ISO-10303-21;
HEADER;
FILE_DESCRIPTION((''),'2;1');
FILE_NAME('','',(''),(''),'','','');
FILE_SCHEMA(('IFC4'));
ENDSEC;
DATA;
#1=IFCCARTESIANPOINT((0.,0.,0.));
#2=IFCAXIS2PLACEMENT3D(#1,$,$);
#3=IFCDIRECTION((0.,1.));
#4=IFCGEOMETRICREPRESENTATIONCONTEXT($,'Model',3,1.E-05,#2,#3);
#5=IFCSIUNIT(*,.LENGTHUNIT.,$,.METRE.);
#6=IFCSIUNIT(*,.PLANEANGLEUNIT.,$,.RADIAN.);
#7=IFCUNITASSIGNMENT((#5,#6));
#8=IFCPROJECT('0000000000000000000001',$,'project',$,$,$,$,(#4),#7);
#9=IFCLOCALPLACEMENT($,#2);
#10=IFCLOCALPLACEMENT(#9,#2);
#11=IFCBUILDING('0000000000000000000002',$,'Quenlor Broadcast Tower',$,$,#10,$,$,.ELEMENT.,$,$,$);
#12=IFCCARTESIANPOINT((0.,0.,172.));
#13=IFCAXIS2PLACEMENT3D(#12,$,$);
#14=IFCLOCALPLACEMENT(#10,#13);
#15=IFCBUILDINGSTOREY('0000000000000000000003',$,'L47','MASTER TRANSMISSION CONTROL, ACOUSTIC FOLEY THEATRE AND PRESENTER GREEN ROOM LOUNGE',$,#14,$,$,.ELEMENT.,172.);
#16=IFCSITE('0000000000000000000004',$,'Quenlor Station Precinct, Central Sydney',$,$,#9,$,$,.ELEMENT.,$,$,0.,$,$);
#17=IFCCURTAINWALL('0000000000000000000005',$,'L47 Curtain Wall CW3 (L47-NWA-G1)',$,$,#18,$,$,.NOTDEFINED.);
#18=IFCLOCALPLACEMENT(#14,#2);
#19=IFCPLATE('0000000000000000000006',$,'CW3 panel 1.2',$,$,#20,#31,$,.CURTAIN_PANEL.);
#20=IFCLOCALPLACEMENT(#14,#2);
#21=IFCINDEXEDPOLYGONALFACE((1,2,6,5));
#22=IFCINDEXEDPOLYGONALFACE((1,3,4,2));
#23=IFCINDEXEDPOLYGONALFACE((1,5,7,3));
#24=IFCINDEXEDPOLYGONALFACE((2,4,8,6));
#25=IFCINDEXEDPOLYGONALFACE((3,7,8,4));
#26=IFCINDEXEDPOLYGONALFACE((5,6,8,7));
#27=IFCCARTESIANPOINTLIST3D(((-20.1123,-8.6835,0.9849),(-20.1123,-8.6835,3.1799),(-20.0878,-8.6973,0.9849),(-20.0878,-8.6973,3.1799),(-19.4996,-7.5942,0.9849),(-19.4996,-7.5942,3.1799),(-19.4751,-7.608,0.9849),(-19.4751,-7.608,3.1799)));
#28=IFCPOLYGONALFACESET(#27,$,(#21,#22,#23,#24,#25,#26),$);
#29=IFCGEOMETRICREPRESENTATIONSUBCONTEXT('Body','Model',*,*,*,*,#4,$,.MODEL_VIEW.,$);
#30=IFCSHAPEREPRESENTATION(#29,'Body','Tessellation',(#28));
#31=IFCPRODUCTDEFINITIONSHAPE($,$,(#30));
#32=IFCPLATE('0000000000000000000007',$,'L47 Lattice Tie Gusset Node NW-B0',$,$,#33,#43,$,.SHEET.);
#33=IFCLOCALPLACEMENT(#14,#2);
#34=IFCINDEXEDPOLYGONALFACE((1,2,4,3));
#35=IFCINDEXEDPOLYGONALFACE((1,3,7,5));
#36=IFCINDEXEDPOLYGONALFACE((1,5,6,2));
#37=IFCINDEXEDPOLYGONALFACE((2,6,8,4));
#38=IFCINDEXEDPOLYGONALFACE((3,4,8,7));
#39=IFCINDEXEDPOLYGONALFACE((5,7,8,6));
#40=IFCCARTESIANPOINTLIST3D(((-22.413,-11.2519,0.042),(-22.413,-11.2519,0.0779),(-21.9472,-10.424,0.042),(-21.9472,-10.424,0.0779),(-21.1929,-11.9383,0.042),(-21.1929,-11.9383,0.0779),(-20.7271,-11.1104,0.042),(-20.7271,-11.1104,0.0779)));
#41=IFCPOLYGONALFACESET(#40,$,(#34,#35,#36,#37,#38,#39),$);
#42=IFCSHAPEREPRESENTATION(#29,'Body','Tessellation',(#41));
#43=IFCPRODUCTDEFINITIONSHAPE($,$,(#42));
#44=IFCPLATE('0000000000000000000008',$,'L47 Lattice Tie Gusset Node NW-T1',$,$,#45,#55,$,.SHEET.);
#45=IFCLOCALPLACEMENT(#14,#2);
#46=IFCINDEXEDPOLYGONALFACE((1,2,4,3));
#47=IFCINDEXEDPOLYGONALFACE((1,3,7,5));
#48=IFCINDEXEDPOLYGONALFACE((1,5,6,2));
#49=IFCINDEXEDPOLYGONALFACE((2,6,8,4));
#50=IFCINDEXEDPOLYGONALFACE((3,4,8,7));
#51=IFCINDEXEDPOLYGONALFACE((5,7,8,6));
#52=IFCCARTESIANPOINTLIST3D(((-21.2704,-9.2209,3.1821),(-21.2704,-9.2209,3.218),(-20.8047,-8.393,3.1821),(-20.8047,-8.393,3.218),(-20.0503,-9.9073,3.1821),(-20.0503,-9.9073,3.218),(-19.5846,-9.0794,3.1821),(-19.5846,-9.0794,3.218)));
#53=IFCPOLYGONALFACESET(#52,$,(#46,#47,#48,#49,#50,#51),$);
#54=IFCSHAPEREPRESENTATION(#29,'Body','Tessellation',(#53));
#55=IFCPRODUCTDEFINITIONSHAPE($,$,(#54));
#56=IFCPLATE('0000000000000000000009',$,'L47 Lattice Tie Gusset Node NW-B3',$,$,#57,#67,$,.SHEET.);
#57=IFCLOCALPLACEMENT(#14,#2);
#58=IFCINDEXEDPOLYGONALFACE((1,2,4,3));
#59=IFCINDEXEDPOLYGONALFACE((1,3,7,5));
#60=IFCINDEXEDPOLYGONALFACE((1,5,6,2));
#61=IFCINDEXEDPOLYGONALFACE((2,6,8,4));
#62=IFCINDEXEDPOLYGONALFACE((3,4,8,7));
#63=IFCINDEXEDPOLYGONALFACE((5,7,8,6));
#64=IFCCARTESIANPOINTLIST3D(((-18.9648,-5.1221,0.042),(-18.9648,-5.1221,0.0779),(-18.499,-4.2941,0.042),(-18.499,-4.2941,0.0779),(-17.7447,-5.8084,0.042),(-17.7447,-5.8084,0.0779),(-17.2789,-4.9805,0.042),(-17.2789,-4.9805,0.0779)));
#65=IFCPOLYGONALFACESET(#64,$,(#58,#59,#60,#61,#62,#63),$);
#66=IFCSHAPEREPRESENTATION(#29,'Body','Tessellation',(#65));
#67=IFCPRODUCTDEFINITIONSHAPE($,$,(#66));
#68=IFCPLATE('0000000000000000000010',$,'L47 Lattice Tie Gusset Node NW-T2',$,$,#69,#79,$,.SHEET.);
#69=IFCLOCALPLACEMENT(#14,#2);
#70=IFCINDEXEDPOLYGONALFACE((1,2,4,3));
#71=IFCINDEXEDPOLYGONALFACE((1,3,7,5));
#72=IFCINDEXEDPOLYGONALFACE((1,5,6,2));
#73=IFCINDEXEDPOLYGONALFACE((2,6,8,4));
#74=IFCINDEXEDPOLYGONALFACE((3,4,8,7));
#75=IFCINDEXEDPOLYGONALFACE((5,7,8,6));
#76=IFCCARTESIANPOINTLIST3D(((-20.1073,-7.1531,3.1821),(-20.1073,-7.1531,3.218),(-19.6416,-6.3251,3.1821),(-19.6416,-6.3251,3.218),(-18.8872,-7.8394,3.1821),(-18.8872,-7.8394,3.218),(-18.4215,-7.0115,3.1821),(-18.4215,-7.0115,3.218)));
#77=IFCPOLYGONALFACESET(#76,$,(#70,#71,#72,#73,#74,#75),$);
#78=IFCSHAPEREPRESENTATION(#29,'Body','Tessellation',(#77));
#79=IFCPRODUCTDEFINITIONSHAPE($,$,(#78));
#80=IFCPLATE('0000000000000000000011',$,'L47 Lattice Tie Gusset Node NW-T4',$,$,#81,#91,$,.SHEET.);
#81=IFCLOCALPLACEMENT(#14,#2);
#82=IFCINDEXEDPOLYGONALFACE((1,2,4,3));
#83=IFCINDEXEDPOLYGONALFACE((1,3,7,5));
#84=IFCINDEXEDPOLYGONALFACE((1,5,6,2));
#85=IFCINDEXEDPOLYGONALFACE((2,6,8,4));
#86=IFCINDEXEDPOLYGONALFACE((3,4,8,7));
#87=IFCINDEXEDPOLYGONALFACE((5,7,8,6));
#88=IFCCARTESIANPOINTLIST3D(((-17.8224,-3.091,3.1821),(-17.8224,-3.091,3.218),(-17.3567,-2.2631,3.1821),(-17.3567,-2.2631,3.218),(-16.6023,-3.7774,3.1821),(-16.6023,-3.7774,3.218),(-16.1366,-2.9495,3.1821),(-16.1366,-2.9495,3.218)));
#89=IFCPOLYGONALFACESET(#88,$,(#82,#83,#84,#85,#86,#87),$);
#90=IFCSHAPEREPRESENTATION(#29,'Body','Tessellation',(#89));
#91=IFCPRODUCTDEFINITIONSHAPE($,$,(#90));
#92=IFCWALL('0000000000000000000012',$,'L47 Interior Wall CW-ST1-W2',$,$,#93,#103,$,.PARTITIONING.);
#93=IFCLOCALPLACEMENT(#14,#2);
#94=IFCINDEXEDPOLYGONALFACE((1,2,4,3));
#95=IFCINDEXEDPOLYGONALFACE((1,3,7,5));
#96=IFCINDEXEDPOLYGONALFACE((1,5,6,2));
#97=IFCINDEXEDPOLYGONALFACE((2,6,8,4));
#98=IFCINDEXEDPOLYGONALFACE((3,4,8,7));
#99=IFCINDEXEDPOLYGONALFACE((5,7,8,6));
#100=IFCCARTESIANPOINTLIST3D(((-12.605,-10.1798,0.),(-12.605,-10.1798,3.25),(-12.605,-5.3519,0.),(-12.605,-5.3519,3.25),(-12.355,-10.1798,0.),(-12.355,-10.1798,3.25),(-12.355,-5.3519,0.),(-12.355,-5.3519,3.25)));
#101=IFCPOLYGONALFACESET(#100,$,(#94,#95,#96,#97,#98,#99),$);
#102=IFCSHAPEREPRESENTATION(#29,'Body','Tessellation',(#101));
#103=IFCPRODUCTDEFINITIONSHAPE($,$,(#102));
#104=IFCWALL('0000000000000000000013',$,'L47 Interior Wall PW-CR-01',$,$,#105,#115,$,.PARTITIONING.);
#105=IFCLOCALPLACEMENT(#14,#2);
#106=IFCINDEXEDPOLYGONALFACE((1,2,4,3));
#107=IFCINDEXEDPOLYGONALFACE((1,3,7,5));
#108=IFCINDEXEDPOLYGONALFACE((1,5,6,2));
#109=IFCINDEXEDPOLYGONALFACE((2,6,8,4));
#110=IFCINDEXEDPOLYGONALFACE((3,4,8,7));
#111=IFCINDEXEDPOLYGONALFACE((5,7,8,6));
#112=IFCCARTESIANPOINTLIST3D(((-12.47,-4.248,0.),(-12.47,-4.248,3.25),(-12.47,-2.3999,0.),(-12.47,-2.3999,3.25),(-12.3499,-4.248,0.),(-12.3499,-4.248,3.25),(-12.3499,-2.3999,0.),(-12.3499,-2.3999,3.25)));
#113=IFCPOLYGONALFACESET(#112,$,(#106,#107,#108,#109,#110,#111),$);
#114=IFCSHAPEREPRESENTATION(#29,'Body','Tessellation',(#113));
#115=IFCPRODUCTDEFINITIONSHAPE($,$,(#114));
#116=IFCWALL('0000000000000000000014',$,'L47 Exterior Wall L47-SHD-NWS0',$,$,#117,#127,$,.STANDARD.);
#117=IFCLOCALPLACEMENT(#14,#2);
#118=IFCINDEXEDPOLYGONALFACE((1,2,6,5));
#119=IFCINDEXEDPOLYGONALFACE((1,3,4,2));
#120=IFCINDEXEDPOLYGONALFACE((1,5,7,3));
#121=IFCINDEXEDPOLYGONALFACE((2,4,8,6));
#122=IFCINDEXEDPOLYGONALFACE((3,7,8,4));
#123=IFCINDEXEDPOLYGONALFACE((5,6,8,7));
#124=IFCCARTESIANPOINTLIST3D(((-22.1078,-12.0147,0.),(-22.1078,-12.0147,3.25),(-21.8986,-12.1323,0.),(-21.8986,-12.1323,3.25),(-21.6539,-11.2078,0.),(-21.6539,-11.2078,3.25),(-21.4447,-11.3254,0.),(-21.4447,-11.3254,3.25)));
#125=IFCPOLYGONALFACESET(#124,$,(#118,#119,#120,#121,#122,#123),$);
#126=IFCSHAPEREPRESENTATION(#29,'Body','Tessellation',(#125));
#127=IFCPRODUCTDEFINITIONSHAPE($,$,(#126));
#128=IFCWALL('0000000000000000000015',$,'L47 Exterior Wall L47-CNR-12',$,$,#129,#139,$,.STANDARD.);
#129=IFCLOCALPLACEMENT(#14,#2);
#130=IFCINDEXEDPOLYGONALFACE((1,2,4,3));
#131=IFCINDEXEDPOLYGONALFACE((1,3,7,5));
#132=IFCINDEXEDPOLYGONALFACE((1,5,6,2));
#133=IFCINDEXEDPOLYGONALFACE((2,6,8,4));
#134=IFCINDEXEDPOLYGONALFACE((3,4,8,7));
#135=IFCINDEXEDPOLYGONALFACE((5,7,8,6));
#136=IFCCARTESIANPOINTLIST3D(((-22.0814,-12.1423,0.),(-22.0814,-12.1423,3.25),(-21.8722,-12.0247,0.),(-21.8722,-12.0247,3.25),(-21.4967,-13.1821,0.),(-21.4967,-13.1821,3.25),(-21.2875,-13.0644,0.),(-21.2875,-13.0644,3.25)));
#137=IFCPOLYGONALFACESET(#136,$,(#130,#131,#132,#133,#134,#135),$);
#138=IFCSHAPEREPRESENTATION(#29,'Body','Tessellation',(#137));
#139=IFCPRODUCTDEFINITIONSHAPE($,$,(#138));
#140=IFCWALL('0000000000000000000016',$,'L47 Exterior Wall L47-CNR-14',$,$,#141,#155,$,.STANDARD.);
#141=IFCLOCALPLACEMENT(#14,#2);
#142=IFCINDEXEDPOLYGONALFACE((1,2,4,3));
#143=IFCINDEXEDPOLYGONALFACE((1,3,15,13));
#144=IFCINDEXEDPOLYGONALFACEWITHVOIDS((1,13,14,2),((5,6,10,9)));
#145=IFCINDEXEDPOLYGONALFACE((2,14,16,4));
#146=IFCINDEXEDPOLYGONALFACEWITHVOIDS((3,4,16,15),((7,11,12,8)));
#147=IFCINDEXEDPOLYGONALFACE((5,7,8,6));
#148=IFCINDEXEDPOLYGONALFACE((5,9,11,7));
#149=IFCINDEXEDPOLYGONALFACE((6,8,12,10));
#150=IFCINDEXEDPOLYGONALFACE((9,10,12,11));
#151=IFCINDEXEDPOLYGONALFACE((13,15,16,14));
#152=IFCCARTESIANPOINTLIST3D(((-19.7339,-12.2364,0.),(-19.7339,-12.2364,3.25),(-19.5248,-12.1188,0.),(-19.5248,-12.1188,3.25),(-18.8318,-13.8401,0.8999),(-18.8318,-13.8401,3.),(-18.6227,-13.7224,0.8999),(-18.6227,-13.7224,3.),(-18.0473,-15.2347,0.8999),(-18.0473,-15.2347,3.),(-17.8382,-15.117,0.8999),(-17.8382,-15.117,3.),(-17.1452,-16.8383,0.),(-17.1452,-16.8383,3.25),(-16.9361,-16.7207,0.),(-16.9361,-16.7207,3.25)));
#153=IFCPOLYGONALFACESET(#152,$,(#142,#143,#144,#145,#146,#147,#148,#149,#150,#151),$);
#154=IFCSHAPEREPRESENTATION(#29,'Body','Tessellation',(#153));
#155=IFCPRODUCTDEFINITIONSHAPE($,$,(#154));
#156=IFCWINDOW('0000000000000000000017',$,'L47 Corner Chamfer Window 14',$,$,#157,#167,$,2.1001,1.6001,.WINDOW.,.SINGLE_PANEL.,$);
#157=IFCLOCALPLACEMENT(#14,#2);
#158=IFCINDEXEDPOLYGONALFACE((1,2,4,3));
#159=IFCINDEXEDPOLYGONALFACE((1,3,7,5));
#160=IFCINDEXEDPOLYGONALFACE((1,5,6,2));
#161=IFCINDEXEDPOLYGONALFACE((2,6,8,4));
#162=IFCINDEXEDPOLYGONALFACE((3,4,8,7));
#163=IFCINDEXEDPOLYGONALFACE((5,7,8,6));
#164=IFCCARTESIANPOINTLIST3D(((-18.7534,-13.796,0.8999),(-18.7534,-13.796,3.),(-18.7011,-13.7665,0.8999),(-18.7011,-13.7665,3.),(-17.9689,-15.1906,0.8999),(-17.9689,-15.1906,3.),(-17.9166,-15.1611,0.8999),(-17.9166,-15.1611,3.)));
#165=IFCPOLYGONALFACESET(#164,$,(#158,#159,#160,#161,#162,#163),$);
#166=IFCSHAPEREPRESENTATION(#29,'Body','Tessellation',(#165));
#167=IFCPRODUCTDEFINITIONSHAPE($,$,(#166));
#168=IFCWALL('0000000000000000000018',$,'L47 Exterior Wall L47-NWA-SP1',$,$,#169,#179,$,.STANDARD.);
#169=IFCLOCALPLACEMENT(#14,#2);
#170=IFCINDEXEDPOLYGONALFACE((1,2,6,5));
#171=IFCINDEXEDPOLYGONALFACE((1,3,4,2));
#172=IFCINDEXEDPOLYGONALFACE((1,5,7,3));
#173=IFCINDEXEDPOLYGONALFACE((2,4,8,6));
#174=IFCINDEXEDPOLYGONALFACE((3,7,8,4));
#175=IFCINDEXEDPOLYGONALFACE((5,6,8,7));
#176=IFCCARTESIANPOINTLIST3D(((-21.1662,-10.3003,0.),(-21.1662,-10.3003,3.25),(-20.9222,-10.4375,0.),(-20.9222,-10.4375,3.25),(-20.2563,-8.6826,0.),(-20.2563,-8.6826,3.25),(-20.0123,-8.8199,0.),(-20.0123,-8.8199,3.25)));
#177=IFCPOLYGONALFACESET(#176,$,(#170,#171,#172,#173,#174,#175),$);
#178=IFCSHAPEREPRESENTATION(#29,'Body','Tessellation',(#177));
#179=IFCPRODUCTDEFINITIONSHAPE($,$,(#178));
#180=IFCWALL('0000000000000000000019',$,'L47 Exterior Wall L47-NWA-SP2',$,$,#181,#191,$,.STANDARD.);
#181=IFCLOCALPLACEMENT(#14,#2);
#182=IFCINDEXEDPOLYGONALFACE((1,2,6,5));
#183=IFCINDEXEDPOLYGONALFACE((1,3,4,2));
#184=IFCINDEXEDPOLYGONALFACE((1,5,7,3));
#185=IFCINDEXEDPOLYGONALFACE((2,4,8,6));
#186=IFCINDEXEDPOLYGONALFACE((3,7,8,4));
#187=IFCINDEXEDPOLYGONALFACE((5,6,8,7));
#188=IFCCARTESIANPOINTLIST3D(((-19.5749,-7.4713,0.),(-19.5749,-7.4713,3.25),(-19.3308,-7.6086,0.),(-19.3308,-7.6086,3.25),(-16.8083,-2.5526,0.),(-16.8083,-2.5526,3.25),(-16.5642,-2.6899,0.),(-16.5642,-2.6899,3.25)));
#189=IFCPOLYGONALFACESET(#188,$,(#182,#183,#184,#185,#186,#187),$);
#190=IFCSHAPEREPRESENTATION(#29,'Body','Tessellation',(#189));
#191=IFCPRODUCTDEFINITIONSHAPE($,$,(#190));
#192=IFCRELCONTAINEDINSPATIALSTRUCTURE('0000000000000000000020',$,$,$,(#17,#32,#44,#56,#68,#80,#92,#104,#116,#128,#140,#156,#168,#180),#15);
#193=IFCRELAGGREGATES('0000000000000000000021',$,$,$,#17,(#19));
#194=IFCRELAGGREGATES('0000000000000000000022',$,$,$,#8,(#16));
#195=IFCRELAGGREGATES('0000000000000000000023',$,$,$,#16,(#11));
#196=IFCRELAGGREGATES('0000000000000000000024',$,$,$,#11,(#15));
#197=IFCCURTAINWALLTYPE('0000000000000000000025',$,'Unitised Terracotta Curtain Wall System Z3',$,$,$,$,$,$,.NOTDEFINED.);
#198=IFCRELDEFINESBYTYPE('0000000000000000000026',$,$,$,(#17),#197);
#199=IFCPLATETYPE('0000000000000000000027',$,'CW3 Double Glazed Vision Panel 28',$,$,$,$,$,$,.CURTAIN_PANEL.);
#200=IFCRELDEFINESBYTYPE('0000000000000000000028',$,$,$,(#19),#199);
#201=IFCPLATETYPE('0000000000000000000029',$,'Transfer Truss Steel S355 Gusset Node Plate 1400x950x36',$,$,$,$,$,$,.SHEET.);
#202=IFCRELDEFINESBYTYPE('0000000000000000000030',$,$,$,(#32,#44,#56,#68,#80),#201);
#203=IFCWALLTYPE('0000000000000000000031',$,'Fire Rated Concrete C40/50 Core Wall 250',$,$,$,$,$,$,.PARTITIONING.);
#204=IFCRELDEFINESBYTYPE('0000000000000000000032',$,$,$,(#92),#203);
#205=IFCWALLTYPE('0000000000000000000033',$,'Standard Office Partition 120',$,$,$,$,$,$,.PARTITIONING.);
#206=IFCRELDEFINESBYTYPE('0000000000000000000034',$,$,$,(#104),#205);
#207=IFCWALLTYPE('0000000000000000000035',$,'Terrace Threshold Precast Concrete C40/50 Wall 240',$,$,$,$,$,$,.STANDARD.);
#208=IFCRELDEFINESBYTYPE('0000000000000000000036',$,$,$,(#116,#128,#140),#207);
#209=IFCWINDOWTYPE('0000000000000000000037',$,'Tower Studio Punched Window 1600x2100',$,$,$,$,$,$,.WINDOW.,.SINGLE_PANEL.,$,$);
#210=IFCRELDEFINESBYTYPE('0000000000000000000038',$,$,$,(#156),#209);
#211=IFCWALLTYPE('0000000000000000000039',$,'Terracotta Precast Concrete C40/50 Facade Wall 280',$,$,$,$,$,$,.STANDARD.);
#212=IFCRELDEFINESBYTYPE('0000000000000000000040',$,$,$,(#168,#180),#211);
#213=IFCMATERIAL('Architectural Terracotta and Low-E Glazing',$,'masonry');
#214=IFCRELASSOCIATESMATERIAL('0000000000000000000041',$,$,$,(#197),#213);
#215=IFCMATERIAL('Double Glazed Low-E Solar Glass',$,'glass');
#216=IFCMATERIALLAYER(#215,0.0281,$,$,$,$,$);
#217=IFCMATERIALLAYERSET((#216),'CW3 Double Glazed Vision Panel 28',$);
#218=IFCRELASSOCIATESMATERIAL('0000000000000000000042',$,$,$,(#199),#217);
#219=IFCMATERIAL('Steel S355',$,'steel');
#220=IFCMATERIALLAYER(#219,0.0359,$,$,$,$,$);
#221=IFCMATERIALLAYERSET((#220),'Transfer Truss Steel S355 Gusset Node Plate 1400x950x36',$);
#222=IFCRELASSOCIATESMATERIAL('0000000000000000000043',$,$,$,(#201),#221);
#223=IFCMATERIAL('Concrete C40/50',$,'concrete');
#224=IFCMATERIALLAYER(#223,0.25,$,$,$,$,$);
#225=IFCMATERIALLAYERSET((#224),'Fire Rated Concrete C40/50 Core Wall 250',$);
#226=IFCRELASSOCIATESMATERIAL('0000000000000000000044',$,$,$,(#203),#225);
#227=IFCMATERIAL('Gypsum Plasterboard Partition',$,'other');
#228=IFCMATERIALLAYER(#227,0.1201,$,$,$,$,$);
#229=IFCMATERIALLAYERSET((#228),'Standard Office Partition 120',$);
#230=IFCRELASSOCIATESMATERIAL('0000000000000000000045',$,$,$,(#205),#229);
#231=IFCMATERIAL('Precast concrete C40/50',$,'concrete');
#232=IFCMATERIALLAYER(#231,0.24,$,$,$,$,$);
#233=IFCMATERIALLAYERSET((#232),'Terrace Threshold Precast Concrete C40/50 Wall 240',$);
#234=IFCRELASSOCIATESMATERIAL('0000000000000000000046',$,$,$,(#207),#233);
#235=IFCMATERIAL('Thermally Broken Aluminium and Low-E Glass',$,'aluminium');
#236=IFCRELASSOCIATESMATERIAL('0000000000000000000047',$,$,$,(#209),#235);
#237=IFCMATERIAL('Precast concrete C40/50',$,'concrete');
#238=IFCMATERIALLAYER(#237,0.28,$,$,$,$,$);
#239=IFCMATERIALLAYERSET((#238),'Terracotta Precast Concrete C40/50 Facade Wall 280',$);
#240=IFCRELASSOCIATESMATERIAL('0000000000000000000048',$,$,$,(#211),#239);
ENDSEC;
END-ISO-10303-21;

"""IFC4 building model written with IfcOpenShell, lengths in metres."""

from ifc_helpers import new_model, si_unit, direction, frame, frame_2d, origin, origin_2d, place, context, subcontext, project, spatial, rectangle, extrude, material, layer, layer_set, type_object, element, fill, aggregate, save


model = new_model("IFC4")

# Units and contexts
model_context = context("Model", 3, precision=1e-05, world=origin(), true_north=direction((0.0, 1.0)))
body_context = subcontext(model_context, "Body", "Model", "MODEL_VIEW")
ifc_project = project(units=[si_unit("LENGTHUNIT", "METRE"), si_unit("PLANEANGLEUNIT", "RADIAN")], contexts=[model_context])

# Site, building, storey
site_placement = place(None, origin())
site = spatial("IfcSite", under=ifc_project, at=site_placement, Name="Quenlor Station Precinct, Central Sydney", CompositionType="ELEMENT", RefElevation=0.0)
building_placement = place(site_placement, origin())
building = spatial("IfcBuilding", under=site, at=building_placement, Name="Quenlor Broadcast Tower", CompositionType="ELEMENT")
storey_placement = place(building_placement, frame((0.0, 0.0, 172.0)))
storey = spatial("IfcBuildingStorey", under=building, at=storey_placement, Name="L47", Description="MASTER TRANSMISSION CONTROL, ACOUSTIC FOLEY THEATRE AND PRESENTER GREEN ROOM LOUNGE", CompositionType="ELEMENT", Elevation=172.0)

# Curtain wall
ifc_material_1 = material(Name="Architectural Terracotta and Low-E Glazing", Category="masonry")
curtain_wall_type = type_object("IfcCurtainWallType", Name="Unitised Terracotta Curtain Wall System Z3", PredefinedType="NOTDEFINED", material=ifc_material_1)
curtain_wall_placement = place(storey_placement, origin())
curtain_wall = element("IfcCurtainWall", 1, at=curtain_wall_placement, inside=storey, type_object=curtain_wall_type, Name="L47 Curtain Wall CW3 (L47-NWA-G1)", PredefinedType="NOTDEFINED")

# Plate
ifc_material_2 = material(Name="Double Glazed Low-E Solar Glass", Category="glass")
ifc_layer_1 = layer(ifc_material_2, 0.0281)
ifc_layer_set_1 = layer_set([ifc_layer_1], Name="CW3 Double Glazed Vision Panel 28")
plate_type_1 = type_object("IfcPlateType", Name="CW3 Double Glazed Vision Panel 28", PredefinedType="CURTAIN_PANEL", material=ifc_layer_set_1)
plate_1_placement = place(storey_placement, frame((-19.7937, -8.1458, 0.9849), z_axis=(0.0, 0.0, 1.0), x_axis=(0.490261, 0.871576, 0.0)))
plate_1 = element("IfcPlate", 2, at=plate_1_placement, type_object=plate_type_1, Name="CW3 panel 1.2", PredefinedType="CURTAIN_PANEL", context=body_context, shape_type="SweptSolid", body=[
    extrude(rectangle(XDim=1.2498, YDim=0.0281, at=origin_2d()), origin(), (0.0, 0.0, 1.0), 2.1951),
])
aggregate(curtain_wall, [plate_1])

# Plates
ifc_material_3 = material(Name="Steel S355", Category="steel")
ifc_layer_2 = layer(ifc_material_3, 0.0359)
ifc_layer_set_2 = layer_set([ifc_layer_2], Name="Transfer Truss Steel S355 Gusset Node Plate 1400x950x36")
plate_type_2 = type_object("IfcPlateType", Name="Transfer Truss Steel S355 Gusset Node Plate 1400x950x36", PredefinedType="SHEET", material=ifc_layer_set_2)
for number, where, z_axis, x_axis, name in (
    (3, (-21.5701, -11.1812, 0.042), (0.0, 0.0, 1.0), (-0.871556, 0.490295, 0.0), "L47 Lattice Tie Gusset Node NW-B0"),
    (4, (-20.4275, -9.1501, 3.1821), (0.0, 0.0, 1.0), (-0.871556, 0.490295, 0.0), "L47 Lattice Tie Gusset Node NW-T1"),
    (5, (-18.1218, -5.0513, 0.042), (0.0, 0.0, 1.0), (-0.871556, 0.490295, 0.0), "L47 Lattice Tie Gusset Node NW-B3"),
    (6, (-19.2644, -7.0823, 3.1821), (0.0, 0.0, 1.0), (-0.871556, 0.490295, 0.0), "L47 Lattice Tie Gusset Node NW-T2"),
    (7, (-16.9795, -3.0203, 3.1821), (0.0, 0.0, 1.0), (-0.871556, 0.490295, 0.0), "L47 Lattice Tie Gusset Node NW-T4"),
):
    element("IfcPlate", number, at=place(storey_placement, frame(where, z_axis=z_axis, x_axis=x_axis)), inside=storey, type_object=plate_type_2, Name=name, PredefinedType="SHEET", context=body_context, shape_type="SweptSolid", body=[
        extrude(rectangle(XDim=1.3999, YDim=0.95, at=origin_2d()), origin(), (0.0, 0.0, 1.0), 0.0359),
    ])

# Walls
ifc_material_4 = material(Name="Concrete C40/50", Category="concrete")
ifc_layer_3 = layer(ifc_material_4, 0.25)
ifc_layer_set_3 = layer_set([ifc_layer_3], Name="Fire Rated Concrete C40/50 Core Wall 250")
wall_type_1 = type_object("IfcWallType", Name="Fire Rated Concrete C40/50 Core Wall 250", PredefinedType="PARTITIONING", material=ifc_layer_set_3)
wall_1_placement = place(storey_placement, frame((-12.48, -10.1799, 0.0), z_axis=(0.0, 0.0, 1.0), x_axis=(0.0, 1.0, 0.0)))
element("IfcWall", 8, at=wall_1_placement, inside=storey, type_object=wall_type_1, Name="L47 Interior Wall CW-ST1-W2", PredefinedType="PARTITIONING", context=body_context, shape_type="SweptSolid", body=[
    extrude(rectangle(XDim=4.8279, YDim=0.25, at=frame_2d((2.4141, 0.0))), origin(), (0.0, 0.0, 1.0), 3.25),
])
ifc_material_5 = material(Name="Gypsum Plasterboard Partition", Category="other")
ifc_layer_4 = layer(ifc_material_5, 0.1201)
ifc_layer_set_4 = layer_set([ifc_layer_4], Name="Standard Office Partition 120")
wall_type_2 = type_object("IfcWallType", Name="Standard Office Partition 120", PredefinedType="PARTITIONING", material=ifc_layer_set_4)
wall_2_placement = place(storey_placement, frame((-12.4099, -4.248, 0.0), z_axis=(0.0, 0.0, 1.0), x_axis=(0.0, 1.0, 0.0)))
element("IfcWall", 9, at=wall_2_placement, inside=storey, type_object=wall_type_2, Name="L47 Interior Wall PW-CR-01", PredefinedType="PARTITIONING", context=body_context, shape_type="SweptSolid", body=[
    extrude(rectangle(XDim=1.8481, YDim=0.1201, at=frame_2d((0.9241, 0.0))), origin(), (0.0, 0.0, 1.0), 3.25),
])
ifc_material_6 = material(Name="Precast concrete C40/50", Category="concrete")
ifc_layer_5 = layer(ifc_material_6, 0.24)
ifc_layer_set_5 = layer_set([ifc_layer_5], Name="Terrace Threshold Precast Concrete C40/50 Wall 240")
wall_type_3 = type_object("IfcWallType", Name="Terrace Threshold Precast Concrete C40/50 Wall 240", PredefinedType="STANDARD", material=ifc_layer_set_5)
wall_3_placement = place(storey_placement, frame((-22.0032, -12.0735, 0.0), z_axis=(0.0, 0.0, 1.0), x_axis=(0.490249, 0.871583, 0.0)))
element("IfcWall", 10, at=wall_3_placement, inside=storey, type_object=wall_type_3, Name="L47 Exterior Wall L47-SHD-NWS0", PredefinedType="STANDARD", context=body_context, shape_type="SweptSolid", body=[
    extrude(rectangle(XDim=0.9258, YDim=0.24, at=frame_2d((0.4629, 0.0))), origin(), (0.0, 0.0, 1.0), 3.25),
])
wall_4_placement = place(storey_placement, frame((-21.9768, -12.0835, 0.0), z_axis=(0.0, 0.0, 1.0), x_axis=(0.490154, -0.871636, 0.0)))
element("IfcWall", 11, at=wall_4_placement, inside=storey, type_object=wall_type_3, Name="L47 Exterior Wall L47-CNR-12", PredefinedType="STANDARD", context=body_context, shape_type="SweptSolid", body=[
    extrude(rectangle(XDim=1.1929, YDim=0.24, at=frame_2d((0.5964, 0.0))), origin(), (0.0, 0.0, 1.0), 3.25),
])

# Wall, opening, window
wall_5_placement = place(storey_placement, frame((-19.6294, -12.1775, 0.0), z_axis=(0.0, 0.0, 1.0), x_axis=(0.490277, -0.871567, 0.0)))
wall_5 = element("IfcWall", 12, at=wall_5_placement, inside=storey, type_object=wall_type_3, Name="L47 Exterior Wall L47-CNR-14", PredefinedType="STANDARD", context=body_context, shape_type="SweptSolid", body=[
    extrude(rectangle(XDim=5.28, YDim=0.24, at=frame_2d((2.6401, 0.0))), origin(), (0.0, 0.0, 1.0), 3.25),
])
opening_placement = place(wall_5_placement, frame((1.8401, 0.0, 0.8999)))
opening = element("IfcOpeningElement", 13, at=opening_placement, cuts=wall_5, PredefinedType="OPENING", context=body_context, shape_type="SweptSolid", body=[
    extrude(rectangle(XDim=1.6001, YDim=2.1001, at=frame_2d((0.8, 1.05))), frame((0.0, 0.1299, 0.0), z_axis=(0.0, -1.0, 0.0), x_axis=(1.0, 0.0, 0.0)), (0.0, 0.0, 1.0), 0.26),
])
ifc_material_7 = material(Name="Thermally Broken Aluminium and Low-E Glass", Category="aluminium")
window_type = type_object("IfcWindowType", Name="Tower Studio Punched Window 1600x2100", PartitioningType="SINGLE_PANEL", PredefinedType="WINDOW", material=ifc_material_7)
window_placement = place(opening_placement, origin())
window = element("IfcWindow", 14, at=window_placement, inside=storey, type_object=window_type, Name="L47 Corner Chamfer Window 14", OverallHeight=2.1001, OverallWidth=1.6001, PartitioningType="SINGLE_PANEL", PredefinedType="WINDOW", context=body_context, shape_type="SweptSolid", body=[
    extrude(rectangle(XDim=1.6001, YDim=2.1001, at=frame_2d((0.8, 1.05))), frame((0.0, 0.03, 0.0), z_axis=(0.0, -1.0, 0.0), x_axis=(1.0, 0.0, 0.0)), (0.0, 0.0, 1.0), 0.0601),
])
fill(opening, window)

# Walls
ifc_material_8 = material(Name="Precast concrete C40/50", Category="concrete")
ifc_layer_6 = layer(ifc_material_8, 0.28)
ifc_layer_set_6 = layer_set([ifc_layer_6], Name="Terracotta Precast Concrete C40/50 Facade Wall 280")
wall_type_4 = type_object("IfcWallType", Name="Terracotta Precast Concrete C40/50 Facade Wall 280", PredefinedType="STANDARD", material=ifc_layer_set_6)
wall_6_placement = place(storey_placement, frame((-21.0442, -10.3689, 0.0), z_axis=(0.0, 0.0, 1.0), x_axis=(0.490249, 0.871583, 0.0)))
element("IfcWall", 15, at=wall_6_placement, inside=storey, type_object=wall_type_4, Name="L47 Exterior Wall L47-NWA-SP1", PredefinedType="STANDARD", context=body_context, shape_type="SweptSolid", body=[
    extrude(rectangle(XDim=1.856, YDim=0.28, at=frame_2d((0.928, 0.0))), origin(), (0.0, 0.0, 1.0), 3.25),
])
wall_7_placement = place(storey_placement, frame((-19.4529, -7.54, 0.0), z_axis=(0.0, 0.0, 1.0), x_axis=(0.490239, 0.871588, 0.0)))
element("IfcWall", 16, at=wall_7_placement, inside=storey, type_object=wall_type_4, Name="L47 Exterior Wall L47-NWA-SP2", PredefinedType="STANDARD", context=body_context, shape_type="SweptSolid", body=[
    extrude(rectangle(XDim=5.6433, YDim=0.28, at=frame_2d((2.8218, 0.0))), origin(), (0.0, 0.0, 1.0), 3.25),
])

save(model, "model.ifc")
